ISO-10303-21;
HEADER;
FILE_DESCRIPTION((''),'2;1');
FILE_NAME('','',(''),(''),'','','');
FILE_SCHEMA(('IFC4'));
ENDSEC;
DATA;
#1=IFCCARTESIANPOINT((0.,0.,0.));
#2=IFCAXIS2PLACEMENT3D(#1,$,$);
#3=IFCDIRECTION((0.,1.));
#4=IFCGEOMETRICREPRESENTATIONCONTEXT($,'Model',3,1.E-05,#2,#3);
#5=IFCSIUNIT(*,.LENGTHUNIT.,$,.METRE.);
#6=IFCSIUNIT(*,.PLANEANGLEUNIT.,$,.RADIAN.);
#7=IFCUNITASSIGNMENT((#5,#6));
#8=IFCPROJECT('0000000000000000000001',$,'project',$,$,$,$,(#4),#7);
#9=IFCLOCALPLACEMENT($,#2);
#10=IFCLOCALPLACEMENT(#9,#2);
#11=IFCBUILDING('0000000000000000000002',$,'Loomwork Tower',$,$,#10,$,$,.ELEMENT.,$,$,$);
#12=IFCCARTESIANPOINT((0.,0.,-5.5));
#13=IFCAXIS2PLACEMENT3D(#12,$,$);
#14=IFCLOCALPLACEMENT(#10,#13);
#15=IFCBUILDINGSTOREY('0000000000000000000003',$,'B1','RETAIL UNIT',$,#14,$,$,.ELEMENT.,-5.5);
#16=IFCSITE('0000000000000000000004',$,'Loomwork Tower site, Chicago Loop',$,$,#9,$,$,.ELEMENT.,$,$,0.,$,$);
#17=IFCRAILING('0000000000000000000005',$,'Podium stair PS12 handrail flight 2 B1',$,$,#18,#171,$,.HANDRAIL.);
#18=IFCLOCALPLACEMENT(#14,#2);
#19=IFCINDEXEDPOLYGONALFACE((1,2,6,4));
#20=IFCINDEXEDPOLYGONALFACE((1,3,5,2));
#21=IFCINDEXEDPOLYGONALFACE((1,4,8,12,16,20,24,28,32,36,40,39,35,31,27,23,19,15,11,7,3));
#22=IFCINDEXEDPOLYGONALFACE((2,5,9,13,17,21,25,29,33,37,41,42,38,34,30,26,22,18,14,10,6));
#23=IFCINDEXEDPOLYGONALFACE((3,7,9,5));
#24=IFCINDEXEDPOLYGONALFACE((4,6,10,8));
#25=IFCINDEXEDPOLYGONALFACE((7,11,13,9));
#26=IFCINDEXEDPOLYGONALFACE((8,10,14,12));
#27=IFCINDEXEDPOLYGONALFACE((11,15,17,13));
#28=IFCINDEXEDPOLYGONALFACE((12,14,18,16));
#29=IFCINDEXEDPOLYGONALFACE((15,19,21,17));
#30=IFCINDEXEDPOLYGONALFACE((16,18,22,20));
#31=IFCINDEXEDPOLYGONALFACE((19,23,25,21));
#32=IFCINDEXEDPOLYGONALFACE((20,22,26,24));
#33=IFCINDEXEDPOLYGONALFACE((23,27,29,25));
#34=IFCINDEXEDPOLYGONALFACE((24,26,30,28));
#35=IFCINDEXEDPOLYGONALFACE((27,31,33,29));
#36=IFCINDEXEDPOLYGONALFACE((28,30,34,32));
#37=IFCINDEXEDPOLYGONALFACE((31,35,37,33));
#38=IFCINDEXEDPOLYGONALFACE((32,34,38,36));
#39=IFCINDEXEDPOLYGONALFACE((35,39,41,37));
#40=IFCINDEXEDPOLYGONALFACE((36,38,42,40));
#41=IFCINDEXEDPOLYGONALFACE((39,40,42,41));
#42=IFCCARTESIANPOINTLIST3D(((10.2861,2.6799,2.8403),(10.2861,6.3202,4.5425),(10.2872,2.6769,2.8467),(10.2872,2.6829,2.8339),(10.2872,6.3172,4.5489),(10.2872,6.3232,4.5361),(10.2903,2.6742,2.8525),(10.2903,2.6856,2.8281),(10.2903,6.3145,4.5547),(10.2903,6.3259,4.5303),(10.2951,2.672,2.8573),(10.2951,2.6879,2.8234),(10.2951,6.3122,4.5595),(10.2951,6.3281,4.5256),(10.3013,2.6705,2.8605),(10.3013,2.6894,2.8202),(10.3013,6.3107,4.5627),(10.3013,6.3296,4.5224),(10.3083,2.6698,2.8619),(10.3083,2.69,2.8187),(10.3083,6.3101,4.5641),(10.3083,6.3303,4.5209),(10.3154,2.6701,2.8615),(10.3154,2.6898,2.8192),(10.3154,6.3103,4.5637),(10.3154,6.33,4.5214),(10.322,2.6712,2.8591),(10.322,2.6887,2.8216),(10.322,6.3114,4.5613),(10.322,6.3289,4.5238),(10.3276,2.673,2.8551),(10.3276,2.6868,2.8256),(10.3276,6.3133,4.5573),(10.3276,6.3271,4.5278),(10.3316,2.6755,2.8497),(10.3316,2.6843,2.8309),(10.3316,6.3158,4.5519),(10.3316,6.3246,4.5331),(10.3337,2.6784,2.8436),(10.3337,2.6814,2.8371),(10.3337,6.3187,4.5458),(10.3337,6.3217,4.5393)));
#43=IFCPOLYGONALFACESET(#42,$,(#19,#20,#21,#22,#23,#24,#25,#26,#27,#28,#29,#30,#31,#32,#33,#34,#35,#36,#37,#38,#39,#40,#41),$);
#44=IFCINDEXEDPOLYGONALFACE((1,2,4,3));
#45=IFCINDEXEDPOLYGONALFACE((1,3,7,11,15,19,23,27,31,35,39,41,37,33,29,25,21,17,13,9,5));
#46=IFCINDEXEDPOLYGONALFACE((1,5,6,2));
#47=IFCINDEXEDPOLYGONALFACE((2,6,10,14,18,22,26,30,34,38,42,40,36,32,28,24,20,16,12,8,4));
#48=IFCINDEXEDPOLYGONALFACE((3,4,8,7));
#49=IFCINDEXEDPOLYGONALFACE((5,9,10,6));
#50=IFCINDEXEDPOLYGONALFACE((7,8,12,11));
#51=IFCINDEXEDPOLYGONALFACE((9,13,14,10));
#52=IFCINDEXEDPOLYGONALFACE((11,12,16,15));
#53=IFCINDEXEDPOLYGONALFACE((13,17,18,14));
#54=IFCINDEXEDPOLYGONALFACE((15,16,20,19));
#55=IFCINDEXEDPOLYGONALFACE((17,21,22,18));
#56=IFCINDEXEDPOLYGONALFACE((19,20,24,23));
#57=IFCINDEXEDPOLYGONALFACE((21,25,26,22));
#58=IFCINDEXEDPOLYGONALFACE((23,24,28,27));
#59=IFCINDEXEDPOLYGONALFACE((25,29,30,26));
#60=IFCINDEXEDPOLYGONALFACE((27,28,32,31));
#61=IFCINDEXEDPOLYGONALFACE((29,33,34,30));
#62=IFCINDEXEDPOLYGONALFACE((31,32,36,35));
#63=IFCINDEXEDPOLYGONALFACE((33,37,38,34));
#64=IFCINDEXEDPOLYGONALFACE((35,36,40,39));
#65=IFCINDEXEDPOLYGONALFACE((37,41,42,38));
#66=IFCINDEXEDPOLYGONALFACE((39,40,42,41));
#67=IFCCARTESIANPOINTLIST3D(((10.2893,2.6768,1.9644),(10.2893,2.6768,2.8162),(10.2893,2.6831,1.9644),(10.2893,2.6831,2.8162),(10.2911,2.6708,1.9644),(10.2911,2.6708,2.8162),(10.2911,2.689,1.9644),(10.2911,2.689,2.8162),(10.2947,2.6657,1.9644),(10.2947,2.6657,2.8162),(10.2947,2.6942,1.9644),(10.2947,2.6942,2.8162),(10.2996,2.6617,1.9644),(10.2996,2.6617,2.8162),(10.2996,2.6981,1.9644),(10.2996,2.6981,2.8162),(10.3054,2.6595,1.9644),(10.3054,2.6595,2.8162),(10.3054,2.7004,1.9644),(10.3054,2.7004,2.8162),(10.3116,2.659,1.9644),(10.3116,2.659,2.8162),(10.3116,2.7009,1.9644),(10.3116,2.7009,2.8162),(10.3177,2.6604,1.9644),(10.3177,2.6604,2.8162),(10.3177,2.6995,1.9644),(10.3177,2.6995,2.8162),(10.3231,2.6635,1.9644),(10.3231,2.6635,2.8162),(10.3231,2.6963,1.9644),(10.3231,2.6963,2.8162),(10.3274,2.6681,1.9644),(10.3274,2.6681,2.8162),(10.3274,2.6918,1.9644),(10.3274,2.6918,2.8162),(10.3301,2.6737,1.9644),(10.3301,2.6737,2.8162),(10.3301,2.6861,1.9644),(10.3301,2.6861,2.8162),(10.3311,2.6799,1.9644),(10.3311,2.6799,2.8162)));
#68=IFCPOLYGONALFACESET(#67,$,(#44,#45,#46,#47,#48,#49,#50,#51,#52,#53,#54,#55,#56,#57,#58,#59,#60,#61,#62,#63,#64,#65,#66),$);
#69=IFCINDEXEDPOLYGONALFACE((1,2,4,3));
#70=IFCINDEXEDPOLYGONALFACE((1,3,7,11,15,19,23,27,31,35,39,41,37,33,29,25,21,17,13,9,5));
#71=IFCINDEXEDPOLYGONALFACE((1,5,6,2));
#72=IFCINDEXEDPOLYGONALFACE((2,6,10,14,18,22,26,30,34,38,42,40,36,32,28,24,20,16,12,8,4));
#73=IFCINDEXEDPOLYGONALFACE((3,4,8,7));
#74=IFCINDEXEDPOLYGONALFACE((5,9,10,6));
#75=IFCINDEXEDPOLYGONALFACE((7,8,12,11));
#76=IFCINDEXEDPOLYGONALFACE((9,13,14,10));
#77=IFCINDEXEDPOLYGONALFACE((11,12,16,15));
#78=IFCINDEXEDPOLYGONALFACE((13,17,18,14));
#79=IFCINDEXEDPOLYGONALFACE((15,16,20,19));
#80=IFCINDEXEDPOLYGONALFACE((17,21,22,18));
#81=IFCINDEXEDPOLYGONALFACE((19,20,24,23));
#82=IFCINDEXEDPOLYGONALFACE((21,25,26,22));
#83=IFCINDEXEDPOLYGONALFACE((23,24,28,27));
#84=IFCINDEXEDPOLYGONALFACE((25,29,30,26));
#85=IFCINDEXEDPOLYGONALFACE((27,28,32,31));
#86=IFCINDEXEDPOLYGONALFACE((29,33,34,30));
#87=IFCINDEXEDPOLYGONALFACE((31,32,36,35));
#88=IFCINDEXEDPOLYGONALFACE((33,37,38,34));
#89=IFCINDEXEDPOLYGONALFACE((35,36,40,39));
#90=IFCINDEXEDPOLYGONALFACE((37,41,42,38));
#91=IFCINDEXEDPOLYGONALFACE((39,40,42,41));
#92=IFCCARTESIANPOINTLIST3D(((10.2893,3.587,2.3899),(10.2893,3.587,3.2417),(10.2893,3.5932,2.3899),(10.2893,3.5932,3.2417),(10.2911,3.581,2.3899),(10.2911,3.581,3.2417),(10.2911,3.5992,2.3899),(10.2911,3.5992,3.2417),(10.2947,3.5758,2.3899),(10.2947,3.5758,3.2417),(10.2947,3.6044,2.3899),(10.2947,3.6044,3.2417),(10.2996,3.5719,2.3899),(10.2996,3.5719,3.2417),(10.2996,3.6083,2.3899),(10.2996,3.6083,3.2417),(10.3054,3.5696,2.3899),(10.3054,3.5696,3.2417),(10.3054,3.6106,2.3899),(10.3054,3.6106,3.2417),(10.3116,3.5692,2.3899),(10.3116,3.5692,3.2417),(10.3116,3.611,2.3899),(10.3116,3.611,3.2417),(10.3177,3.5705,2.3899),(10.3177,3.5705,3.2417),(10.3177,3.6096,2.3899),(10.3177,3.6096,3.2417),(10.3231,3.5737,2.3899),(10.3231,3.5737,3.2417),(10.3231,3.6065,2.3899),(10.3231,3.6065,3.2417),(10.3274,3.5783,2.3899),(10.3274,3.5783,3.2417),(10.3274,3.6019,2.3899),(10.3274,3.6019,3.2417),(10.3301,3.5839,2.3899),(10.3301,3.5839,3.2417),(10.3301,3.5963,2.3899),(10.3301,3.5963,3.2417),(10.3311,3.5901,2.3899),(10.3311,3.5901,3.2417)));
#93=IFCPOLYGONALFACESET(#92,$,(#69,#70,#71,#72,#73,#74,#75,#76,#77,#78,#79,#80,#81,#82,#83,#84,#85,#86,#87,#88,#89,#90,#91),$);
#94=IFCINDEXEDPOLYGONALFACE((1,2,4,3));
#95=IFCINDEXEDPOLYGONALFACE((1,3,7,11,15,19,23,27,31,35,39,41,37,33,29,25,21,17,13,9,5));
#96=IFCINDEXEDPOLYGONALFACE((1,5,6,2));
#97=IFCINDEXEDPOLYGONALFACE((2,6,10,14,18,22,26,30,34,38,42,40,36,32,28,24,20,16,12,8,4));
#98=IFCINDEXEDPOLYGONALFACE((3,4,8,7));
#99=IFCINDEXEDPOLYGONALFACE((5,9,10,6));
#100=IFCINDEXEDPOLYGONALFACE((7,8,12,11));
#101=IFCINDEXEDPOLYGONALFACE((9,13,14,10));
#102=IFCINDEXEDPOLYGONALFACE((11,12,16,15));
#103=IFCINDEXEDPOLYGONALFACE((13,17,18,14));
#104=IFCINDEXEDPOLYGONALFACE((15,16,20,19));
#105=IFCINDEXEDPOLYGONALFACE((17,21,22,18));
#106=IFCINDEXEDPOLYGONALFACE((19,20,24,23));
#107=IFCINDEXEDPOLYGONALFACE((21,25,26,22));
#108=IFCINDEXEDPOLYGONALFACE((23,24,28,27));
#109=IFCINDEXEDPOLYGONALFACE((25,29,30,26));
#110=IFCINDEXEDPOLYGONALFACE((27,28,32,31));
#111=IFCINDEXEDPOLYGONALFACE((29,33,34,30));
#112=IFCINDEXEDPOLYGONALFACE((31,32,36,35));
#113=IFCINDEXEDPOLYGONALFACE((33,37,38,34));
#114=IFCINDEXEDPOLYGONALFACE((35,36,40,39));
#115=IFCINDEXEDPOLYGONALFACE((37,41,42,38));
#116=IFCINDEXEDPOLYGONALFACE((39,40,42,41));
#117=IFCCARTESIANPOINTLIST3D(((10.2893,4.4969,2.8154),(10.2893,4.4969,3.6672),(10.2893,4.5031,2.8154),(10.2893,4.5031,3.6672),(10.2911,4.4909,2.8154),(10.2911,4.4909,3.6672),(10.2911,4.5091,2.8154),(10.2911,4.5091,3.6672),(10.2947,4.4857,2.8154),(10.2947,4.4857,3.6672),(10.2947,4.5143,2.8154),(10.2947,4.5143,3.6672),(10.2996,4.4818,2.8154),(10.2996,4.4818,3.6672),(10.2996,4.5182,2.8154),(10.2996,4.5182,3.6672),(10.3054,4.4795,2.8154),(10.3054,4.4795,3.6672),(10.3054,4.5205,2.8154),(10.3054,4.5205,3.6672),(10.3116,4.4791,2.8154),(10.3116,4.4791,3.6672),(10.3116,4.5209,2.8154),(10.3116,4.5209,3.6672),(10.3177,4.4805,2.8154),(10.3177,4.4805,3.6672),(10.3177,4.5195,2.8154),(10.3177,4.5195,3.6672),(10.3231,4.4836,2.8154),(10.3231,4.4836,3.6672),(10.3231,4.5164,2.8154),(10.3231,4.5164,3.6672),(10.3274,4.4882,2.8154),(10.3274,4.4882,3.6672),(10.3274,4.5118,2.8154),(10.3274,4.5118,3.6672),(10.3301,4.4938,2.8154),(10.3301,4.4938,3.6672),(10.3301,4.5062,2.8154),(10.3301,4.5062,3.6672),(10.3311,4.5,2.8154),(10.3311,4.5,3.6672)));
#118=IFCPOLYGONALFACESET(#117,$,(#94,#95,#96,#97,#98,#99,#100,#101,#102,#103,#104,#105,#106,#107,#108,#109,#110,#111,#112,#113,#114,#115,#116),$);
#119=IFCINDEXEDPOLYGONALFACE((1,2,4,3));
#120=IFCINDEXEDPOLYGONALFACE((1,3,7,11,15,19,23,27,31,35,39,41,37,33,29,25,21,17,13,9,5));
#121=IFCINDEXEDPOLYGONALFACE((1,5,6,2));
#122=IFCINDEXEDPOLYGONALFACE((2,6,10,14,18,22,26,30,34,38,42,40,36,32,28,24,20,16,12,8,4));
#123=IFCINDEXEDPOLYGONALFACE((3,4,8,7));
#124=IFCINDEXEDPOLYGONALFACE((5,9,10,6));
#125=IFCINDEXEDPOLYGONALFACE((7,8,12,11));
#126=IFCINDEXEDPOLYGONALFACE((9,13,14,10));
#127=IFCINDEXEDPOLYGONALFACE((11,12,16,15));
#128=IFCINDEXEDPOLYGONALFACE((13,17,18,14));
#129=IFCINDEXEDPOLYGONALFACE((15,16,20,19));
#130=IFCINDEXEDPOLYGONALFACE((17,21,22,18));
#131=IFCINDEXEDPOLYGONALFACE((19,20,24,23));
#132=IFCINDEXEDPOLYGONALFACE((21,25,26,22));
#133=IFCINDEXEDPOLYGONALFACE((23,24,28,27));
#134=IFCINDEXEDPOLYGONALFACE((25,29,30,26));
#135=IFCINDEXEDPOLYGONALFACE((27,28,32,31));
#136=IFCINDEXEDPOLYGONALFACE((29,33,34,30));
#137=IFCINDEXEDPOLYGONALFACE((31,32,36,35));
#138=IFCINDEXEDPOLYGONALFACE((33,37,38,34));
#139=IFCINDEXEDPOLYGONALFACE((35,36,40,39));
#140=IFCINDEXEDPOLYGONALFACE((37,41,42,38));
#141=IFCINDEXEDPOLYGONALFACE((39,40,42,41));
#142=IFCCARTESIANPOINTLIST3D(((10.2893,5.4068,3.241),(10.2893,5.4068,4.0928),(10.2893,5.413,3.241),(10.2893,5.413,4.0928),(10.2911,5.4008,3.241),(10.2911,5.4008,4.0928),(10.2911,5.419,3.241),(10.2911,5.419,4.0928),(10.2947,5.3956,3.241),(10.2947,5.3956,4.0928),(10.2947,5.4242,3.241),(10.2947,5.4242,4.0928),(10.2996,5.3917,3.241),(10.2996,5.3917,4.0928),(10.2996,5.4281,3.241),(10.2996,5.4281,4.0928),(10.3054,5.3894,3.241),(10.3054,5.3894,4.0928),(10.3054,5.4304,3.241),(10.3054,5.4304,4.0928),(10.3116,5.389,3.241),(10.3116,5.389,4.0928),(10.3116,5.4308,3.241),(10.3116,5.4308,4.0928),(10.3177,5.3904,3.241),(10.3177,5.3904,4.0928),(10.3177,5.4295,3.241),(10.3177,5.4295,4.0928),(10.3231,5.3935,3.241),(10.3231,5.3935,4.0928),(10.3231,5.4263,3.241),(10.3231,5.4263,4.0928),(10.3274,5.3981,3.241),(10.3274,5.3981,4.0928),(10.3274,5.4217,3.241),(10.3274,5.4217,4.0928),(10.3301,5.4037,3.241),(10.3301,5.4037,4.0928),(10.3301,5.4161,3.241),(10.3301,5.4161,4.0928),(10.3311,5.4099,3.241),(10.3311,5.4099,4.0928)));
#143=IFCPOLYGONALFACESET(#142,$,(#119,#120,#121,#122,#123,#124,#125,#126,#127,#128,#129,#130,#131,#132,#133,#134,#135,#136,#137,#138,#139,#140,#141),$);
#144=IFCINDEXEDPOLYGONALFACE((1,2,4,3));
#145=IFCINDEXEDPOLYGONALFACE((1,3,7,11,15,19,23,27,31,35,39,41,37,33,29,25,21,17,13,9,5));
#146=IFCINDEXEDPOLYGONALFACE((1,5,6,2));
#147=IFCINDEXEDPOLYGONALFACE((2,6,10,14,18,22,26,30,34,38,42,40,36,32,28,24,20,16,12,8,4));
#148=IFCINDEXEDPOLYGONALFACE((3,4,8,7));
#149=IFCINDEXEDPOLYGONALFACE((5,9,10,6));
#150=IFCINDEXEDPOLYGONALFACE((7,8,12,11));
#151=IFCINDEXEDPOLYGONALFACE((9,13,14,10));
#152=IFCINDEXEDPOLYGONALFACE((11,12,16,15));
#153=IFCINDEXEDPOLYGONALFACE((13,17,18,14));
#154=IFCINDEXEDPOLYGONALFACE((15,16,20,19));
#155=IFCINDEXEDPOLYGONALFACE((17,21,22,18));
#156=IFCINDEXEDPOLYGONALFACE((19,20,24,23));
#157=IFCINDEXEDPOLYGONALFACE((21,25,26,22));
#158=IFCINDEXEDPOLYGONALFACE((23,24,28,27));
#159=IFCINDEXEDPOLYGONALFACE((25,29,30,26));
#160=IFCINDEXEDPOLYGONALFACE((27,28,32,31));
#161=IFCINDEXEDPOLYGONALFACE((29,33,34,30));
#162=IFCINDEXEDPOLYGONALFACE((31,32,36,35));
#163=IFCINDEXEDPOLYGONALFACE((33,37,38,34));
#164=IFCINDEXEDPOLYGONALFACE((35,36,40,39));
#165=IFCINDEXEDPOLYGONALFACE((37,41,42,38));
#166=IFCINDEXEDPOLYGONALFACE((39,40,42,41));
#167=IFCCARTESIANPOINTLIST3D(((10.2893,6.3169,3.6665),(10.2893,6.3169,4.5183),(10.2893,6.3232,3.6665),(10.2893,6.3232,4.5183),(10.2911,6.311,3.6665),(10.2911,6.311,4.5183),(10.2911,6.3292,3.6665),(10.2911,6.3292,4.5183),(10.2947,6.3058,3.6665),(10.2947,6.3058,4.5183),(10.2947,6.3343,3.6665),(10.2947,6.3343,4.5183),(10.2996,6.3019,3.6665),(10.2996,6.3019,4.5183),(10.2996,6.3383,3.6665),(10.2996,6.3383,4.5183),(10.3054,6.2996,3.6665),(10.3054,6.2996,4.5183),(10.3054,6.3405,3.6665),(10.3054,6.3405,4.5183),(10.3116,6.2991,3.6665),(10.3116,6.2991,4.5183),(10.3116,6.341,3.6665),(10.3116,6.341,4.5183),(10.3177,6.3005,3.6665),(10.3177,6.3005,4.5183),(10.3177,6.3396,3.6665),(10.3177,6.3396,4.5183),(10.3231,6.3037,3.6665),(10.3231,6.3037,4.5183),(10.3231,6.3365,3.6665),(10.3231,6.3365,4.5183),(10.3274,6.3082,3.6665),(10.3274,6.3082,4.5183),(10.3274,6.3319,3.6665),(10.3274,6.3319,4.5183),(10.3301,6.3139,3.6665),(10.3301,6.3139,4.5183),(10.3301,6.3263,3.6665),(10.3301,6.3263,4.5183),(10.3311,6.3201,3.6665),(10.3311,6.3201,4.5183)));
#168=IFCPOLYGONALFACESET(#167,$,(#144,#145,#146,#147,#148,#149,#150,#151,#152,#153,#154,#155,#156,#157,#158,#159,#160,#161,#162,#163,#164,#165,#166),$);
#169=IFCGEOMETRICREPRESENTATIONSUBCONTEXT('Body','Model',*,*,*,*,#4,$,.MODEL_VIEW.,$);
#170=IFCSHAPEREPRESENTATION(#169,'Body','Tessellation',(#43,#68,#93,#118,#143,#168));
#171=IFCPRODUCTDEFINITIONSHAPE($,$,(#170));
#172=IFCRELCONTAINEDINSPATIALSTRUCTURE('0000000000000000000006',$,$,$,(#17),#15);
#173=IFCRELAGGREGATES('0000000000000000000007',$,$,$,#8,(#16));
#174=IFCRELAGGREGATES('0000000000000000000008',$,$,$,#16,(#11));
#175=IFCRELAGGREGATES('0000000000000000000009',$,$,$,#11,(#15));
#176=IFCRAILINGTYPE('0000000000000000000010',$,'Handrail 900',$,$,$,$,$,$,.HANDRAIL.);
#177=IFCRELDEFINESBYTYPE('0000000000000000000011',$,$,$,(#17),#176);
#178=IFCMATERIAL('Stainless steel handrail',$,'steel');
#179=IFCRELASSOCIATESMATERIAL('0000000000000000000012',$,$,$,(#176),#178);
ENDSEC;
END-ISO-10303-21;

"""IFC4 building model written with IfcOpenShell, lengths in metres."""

from ifc_helpers import new_model, si_unit, direction, frame, origin, origin_2d, place, context, subcontext, project, spatial, circle, extrude, material, type_object, element, save


model = new_model("IFC4")

# Units and contexts
model_context = context("Model", 3, precision=1e-05, world=origin(), true_north=direction((0.0, 1.0)))
body_context = subcontext(model_context, "Body", "Model", "MODEL_VIEW")
ifc_project = project(units=[si_unit("LENGTHUNIT", "METRE"), si_unit("PLANEANGLEUNIT", "RADIAN")], contexts=[model_context])

# Site, building, storey
site_placement = place(None, origin())
site = spatial("IfcSite", under=ifc_project, at=site_placement, Name="Loomwork Tower site, Chicago Loop", CompositionType="ELEMENT", RefElevation=0.0)
building_placement = place(site_placement, origin())
building = spatial("IfcBuilding", under=site, at=building_placement, Name="Loomwork Tower", CompositionType="ELEMENT")
storey_placement = place(building_placement, frame((0.0, 0.0, -5.5)))
storey = spatial("IfcBuildingStorey", under=building, at=storey_placement, Name="B1", Description="RETAIL UNIT", CompositionType="ELEMENT", Elevation=-5.5)

# Railing
ifc_material_1 = material(Name="Stainless steel handrail", Category="steel")
railing_type = type_object("IfcRailingType", Name="Handrail 900", PredefinedType="HANDRAIL", material=ifc_material_1)
railing_1_placement = place(storey_placement, frame((10.3101, 2.6799, 1.9644)))
element("IfcRailing", 1, at=railing_1_placement, inside=storey, type_object=railing_type, Name="Podium stair PS12 handrail flight 2 B1", PredefinedType="HANDRAIL", context=body_context, shape_type="SweptSolid", body=[
    extrude(circle(Radius=0.0239, at=origin_2d()), frame((0.0, 0.0, 0.876), z_axis=(0.0, 0.905857, 0.423584), x_axis=(-1.0, 0.0, 0.0)), (0.0, 0.0, 1.0), 4.0186),
    extrude(circle(Radius=0.021, at=origin_2d()), origin(), (0.0, 0.0, 1.0), 0.8518),
    extrude(circle(Radius=0.021, at=origin_2d()), frame((0.0, 0.9102, 0.4255)), (0.0, 0.0, 1.0), 0.8518),
    extrude(circle(Radius=0.021, at=origin_2d()), frame((0.0, 1.8201, 0.8511)), (0.0, 0.0, 1.0), 0.8518),
    extrude(circle(Radius=0.021, at=origin_2d()), frame((0.0, 2.73, 1.2766)), (0.0, 0.0, 1.0), 0.8518),
    extrude(circle(Radius=0.021, at=origin_2d()), frame((0.0, 3.6401, 1.7021)), (0.0, 0.0, 1.0), 0.8518),
])

save(model, "model.ifc")
